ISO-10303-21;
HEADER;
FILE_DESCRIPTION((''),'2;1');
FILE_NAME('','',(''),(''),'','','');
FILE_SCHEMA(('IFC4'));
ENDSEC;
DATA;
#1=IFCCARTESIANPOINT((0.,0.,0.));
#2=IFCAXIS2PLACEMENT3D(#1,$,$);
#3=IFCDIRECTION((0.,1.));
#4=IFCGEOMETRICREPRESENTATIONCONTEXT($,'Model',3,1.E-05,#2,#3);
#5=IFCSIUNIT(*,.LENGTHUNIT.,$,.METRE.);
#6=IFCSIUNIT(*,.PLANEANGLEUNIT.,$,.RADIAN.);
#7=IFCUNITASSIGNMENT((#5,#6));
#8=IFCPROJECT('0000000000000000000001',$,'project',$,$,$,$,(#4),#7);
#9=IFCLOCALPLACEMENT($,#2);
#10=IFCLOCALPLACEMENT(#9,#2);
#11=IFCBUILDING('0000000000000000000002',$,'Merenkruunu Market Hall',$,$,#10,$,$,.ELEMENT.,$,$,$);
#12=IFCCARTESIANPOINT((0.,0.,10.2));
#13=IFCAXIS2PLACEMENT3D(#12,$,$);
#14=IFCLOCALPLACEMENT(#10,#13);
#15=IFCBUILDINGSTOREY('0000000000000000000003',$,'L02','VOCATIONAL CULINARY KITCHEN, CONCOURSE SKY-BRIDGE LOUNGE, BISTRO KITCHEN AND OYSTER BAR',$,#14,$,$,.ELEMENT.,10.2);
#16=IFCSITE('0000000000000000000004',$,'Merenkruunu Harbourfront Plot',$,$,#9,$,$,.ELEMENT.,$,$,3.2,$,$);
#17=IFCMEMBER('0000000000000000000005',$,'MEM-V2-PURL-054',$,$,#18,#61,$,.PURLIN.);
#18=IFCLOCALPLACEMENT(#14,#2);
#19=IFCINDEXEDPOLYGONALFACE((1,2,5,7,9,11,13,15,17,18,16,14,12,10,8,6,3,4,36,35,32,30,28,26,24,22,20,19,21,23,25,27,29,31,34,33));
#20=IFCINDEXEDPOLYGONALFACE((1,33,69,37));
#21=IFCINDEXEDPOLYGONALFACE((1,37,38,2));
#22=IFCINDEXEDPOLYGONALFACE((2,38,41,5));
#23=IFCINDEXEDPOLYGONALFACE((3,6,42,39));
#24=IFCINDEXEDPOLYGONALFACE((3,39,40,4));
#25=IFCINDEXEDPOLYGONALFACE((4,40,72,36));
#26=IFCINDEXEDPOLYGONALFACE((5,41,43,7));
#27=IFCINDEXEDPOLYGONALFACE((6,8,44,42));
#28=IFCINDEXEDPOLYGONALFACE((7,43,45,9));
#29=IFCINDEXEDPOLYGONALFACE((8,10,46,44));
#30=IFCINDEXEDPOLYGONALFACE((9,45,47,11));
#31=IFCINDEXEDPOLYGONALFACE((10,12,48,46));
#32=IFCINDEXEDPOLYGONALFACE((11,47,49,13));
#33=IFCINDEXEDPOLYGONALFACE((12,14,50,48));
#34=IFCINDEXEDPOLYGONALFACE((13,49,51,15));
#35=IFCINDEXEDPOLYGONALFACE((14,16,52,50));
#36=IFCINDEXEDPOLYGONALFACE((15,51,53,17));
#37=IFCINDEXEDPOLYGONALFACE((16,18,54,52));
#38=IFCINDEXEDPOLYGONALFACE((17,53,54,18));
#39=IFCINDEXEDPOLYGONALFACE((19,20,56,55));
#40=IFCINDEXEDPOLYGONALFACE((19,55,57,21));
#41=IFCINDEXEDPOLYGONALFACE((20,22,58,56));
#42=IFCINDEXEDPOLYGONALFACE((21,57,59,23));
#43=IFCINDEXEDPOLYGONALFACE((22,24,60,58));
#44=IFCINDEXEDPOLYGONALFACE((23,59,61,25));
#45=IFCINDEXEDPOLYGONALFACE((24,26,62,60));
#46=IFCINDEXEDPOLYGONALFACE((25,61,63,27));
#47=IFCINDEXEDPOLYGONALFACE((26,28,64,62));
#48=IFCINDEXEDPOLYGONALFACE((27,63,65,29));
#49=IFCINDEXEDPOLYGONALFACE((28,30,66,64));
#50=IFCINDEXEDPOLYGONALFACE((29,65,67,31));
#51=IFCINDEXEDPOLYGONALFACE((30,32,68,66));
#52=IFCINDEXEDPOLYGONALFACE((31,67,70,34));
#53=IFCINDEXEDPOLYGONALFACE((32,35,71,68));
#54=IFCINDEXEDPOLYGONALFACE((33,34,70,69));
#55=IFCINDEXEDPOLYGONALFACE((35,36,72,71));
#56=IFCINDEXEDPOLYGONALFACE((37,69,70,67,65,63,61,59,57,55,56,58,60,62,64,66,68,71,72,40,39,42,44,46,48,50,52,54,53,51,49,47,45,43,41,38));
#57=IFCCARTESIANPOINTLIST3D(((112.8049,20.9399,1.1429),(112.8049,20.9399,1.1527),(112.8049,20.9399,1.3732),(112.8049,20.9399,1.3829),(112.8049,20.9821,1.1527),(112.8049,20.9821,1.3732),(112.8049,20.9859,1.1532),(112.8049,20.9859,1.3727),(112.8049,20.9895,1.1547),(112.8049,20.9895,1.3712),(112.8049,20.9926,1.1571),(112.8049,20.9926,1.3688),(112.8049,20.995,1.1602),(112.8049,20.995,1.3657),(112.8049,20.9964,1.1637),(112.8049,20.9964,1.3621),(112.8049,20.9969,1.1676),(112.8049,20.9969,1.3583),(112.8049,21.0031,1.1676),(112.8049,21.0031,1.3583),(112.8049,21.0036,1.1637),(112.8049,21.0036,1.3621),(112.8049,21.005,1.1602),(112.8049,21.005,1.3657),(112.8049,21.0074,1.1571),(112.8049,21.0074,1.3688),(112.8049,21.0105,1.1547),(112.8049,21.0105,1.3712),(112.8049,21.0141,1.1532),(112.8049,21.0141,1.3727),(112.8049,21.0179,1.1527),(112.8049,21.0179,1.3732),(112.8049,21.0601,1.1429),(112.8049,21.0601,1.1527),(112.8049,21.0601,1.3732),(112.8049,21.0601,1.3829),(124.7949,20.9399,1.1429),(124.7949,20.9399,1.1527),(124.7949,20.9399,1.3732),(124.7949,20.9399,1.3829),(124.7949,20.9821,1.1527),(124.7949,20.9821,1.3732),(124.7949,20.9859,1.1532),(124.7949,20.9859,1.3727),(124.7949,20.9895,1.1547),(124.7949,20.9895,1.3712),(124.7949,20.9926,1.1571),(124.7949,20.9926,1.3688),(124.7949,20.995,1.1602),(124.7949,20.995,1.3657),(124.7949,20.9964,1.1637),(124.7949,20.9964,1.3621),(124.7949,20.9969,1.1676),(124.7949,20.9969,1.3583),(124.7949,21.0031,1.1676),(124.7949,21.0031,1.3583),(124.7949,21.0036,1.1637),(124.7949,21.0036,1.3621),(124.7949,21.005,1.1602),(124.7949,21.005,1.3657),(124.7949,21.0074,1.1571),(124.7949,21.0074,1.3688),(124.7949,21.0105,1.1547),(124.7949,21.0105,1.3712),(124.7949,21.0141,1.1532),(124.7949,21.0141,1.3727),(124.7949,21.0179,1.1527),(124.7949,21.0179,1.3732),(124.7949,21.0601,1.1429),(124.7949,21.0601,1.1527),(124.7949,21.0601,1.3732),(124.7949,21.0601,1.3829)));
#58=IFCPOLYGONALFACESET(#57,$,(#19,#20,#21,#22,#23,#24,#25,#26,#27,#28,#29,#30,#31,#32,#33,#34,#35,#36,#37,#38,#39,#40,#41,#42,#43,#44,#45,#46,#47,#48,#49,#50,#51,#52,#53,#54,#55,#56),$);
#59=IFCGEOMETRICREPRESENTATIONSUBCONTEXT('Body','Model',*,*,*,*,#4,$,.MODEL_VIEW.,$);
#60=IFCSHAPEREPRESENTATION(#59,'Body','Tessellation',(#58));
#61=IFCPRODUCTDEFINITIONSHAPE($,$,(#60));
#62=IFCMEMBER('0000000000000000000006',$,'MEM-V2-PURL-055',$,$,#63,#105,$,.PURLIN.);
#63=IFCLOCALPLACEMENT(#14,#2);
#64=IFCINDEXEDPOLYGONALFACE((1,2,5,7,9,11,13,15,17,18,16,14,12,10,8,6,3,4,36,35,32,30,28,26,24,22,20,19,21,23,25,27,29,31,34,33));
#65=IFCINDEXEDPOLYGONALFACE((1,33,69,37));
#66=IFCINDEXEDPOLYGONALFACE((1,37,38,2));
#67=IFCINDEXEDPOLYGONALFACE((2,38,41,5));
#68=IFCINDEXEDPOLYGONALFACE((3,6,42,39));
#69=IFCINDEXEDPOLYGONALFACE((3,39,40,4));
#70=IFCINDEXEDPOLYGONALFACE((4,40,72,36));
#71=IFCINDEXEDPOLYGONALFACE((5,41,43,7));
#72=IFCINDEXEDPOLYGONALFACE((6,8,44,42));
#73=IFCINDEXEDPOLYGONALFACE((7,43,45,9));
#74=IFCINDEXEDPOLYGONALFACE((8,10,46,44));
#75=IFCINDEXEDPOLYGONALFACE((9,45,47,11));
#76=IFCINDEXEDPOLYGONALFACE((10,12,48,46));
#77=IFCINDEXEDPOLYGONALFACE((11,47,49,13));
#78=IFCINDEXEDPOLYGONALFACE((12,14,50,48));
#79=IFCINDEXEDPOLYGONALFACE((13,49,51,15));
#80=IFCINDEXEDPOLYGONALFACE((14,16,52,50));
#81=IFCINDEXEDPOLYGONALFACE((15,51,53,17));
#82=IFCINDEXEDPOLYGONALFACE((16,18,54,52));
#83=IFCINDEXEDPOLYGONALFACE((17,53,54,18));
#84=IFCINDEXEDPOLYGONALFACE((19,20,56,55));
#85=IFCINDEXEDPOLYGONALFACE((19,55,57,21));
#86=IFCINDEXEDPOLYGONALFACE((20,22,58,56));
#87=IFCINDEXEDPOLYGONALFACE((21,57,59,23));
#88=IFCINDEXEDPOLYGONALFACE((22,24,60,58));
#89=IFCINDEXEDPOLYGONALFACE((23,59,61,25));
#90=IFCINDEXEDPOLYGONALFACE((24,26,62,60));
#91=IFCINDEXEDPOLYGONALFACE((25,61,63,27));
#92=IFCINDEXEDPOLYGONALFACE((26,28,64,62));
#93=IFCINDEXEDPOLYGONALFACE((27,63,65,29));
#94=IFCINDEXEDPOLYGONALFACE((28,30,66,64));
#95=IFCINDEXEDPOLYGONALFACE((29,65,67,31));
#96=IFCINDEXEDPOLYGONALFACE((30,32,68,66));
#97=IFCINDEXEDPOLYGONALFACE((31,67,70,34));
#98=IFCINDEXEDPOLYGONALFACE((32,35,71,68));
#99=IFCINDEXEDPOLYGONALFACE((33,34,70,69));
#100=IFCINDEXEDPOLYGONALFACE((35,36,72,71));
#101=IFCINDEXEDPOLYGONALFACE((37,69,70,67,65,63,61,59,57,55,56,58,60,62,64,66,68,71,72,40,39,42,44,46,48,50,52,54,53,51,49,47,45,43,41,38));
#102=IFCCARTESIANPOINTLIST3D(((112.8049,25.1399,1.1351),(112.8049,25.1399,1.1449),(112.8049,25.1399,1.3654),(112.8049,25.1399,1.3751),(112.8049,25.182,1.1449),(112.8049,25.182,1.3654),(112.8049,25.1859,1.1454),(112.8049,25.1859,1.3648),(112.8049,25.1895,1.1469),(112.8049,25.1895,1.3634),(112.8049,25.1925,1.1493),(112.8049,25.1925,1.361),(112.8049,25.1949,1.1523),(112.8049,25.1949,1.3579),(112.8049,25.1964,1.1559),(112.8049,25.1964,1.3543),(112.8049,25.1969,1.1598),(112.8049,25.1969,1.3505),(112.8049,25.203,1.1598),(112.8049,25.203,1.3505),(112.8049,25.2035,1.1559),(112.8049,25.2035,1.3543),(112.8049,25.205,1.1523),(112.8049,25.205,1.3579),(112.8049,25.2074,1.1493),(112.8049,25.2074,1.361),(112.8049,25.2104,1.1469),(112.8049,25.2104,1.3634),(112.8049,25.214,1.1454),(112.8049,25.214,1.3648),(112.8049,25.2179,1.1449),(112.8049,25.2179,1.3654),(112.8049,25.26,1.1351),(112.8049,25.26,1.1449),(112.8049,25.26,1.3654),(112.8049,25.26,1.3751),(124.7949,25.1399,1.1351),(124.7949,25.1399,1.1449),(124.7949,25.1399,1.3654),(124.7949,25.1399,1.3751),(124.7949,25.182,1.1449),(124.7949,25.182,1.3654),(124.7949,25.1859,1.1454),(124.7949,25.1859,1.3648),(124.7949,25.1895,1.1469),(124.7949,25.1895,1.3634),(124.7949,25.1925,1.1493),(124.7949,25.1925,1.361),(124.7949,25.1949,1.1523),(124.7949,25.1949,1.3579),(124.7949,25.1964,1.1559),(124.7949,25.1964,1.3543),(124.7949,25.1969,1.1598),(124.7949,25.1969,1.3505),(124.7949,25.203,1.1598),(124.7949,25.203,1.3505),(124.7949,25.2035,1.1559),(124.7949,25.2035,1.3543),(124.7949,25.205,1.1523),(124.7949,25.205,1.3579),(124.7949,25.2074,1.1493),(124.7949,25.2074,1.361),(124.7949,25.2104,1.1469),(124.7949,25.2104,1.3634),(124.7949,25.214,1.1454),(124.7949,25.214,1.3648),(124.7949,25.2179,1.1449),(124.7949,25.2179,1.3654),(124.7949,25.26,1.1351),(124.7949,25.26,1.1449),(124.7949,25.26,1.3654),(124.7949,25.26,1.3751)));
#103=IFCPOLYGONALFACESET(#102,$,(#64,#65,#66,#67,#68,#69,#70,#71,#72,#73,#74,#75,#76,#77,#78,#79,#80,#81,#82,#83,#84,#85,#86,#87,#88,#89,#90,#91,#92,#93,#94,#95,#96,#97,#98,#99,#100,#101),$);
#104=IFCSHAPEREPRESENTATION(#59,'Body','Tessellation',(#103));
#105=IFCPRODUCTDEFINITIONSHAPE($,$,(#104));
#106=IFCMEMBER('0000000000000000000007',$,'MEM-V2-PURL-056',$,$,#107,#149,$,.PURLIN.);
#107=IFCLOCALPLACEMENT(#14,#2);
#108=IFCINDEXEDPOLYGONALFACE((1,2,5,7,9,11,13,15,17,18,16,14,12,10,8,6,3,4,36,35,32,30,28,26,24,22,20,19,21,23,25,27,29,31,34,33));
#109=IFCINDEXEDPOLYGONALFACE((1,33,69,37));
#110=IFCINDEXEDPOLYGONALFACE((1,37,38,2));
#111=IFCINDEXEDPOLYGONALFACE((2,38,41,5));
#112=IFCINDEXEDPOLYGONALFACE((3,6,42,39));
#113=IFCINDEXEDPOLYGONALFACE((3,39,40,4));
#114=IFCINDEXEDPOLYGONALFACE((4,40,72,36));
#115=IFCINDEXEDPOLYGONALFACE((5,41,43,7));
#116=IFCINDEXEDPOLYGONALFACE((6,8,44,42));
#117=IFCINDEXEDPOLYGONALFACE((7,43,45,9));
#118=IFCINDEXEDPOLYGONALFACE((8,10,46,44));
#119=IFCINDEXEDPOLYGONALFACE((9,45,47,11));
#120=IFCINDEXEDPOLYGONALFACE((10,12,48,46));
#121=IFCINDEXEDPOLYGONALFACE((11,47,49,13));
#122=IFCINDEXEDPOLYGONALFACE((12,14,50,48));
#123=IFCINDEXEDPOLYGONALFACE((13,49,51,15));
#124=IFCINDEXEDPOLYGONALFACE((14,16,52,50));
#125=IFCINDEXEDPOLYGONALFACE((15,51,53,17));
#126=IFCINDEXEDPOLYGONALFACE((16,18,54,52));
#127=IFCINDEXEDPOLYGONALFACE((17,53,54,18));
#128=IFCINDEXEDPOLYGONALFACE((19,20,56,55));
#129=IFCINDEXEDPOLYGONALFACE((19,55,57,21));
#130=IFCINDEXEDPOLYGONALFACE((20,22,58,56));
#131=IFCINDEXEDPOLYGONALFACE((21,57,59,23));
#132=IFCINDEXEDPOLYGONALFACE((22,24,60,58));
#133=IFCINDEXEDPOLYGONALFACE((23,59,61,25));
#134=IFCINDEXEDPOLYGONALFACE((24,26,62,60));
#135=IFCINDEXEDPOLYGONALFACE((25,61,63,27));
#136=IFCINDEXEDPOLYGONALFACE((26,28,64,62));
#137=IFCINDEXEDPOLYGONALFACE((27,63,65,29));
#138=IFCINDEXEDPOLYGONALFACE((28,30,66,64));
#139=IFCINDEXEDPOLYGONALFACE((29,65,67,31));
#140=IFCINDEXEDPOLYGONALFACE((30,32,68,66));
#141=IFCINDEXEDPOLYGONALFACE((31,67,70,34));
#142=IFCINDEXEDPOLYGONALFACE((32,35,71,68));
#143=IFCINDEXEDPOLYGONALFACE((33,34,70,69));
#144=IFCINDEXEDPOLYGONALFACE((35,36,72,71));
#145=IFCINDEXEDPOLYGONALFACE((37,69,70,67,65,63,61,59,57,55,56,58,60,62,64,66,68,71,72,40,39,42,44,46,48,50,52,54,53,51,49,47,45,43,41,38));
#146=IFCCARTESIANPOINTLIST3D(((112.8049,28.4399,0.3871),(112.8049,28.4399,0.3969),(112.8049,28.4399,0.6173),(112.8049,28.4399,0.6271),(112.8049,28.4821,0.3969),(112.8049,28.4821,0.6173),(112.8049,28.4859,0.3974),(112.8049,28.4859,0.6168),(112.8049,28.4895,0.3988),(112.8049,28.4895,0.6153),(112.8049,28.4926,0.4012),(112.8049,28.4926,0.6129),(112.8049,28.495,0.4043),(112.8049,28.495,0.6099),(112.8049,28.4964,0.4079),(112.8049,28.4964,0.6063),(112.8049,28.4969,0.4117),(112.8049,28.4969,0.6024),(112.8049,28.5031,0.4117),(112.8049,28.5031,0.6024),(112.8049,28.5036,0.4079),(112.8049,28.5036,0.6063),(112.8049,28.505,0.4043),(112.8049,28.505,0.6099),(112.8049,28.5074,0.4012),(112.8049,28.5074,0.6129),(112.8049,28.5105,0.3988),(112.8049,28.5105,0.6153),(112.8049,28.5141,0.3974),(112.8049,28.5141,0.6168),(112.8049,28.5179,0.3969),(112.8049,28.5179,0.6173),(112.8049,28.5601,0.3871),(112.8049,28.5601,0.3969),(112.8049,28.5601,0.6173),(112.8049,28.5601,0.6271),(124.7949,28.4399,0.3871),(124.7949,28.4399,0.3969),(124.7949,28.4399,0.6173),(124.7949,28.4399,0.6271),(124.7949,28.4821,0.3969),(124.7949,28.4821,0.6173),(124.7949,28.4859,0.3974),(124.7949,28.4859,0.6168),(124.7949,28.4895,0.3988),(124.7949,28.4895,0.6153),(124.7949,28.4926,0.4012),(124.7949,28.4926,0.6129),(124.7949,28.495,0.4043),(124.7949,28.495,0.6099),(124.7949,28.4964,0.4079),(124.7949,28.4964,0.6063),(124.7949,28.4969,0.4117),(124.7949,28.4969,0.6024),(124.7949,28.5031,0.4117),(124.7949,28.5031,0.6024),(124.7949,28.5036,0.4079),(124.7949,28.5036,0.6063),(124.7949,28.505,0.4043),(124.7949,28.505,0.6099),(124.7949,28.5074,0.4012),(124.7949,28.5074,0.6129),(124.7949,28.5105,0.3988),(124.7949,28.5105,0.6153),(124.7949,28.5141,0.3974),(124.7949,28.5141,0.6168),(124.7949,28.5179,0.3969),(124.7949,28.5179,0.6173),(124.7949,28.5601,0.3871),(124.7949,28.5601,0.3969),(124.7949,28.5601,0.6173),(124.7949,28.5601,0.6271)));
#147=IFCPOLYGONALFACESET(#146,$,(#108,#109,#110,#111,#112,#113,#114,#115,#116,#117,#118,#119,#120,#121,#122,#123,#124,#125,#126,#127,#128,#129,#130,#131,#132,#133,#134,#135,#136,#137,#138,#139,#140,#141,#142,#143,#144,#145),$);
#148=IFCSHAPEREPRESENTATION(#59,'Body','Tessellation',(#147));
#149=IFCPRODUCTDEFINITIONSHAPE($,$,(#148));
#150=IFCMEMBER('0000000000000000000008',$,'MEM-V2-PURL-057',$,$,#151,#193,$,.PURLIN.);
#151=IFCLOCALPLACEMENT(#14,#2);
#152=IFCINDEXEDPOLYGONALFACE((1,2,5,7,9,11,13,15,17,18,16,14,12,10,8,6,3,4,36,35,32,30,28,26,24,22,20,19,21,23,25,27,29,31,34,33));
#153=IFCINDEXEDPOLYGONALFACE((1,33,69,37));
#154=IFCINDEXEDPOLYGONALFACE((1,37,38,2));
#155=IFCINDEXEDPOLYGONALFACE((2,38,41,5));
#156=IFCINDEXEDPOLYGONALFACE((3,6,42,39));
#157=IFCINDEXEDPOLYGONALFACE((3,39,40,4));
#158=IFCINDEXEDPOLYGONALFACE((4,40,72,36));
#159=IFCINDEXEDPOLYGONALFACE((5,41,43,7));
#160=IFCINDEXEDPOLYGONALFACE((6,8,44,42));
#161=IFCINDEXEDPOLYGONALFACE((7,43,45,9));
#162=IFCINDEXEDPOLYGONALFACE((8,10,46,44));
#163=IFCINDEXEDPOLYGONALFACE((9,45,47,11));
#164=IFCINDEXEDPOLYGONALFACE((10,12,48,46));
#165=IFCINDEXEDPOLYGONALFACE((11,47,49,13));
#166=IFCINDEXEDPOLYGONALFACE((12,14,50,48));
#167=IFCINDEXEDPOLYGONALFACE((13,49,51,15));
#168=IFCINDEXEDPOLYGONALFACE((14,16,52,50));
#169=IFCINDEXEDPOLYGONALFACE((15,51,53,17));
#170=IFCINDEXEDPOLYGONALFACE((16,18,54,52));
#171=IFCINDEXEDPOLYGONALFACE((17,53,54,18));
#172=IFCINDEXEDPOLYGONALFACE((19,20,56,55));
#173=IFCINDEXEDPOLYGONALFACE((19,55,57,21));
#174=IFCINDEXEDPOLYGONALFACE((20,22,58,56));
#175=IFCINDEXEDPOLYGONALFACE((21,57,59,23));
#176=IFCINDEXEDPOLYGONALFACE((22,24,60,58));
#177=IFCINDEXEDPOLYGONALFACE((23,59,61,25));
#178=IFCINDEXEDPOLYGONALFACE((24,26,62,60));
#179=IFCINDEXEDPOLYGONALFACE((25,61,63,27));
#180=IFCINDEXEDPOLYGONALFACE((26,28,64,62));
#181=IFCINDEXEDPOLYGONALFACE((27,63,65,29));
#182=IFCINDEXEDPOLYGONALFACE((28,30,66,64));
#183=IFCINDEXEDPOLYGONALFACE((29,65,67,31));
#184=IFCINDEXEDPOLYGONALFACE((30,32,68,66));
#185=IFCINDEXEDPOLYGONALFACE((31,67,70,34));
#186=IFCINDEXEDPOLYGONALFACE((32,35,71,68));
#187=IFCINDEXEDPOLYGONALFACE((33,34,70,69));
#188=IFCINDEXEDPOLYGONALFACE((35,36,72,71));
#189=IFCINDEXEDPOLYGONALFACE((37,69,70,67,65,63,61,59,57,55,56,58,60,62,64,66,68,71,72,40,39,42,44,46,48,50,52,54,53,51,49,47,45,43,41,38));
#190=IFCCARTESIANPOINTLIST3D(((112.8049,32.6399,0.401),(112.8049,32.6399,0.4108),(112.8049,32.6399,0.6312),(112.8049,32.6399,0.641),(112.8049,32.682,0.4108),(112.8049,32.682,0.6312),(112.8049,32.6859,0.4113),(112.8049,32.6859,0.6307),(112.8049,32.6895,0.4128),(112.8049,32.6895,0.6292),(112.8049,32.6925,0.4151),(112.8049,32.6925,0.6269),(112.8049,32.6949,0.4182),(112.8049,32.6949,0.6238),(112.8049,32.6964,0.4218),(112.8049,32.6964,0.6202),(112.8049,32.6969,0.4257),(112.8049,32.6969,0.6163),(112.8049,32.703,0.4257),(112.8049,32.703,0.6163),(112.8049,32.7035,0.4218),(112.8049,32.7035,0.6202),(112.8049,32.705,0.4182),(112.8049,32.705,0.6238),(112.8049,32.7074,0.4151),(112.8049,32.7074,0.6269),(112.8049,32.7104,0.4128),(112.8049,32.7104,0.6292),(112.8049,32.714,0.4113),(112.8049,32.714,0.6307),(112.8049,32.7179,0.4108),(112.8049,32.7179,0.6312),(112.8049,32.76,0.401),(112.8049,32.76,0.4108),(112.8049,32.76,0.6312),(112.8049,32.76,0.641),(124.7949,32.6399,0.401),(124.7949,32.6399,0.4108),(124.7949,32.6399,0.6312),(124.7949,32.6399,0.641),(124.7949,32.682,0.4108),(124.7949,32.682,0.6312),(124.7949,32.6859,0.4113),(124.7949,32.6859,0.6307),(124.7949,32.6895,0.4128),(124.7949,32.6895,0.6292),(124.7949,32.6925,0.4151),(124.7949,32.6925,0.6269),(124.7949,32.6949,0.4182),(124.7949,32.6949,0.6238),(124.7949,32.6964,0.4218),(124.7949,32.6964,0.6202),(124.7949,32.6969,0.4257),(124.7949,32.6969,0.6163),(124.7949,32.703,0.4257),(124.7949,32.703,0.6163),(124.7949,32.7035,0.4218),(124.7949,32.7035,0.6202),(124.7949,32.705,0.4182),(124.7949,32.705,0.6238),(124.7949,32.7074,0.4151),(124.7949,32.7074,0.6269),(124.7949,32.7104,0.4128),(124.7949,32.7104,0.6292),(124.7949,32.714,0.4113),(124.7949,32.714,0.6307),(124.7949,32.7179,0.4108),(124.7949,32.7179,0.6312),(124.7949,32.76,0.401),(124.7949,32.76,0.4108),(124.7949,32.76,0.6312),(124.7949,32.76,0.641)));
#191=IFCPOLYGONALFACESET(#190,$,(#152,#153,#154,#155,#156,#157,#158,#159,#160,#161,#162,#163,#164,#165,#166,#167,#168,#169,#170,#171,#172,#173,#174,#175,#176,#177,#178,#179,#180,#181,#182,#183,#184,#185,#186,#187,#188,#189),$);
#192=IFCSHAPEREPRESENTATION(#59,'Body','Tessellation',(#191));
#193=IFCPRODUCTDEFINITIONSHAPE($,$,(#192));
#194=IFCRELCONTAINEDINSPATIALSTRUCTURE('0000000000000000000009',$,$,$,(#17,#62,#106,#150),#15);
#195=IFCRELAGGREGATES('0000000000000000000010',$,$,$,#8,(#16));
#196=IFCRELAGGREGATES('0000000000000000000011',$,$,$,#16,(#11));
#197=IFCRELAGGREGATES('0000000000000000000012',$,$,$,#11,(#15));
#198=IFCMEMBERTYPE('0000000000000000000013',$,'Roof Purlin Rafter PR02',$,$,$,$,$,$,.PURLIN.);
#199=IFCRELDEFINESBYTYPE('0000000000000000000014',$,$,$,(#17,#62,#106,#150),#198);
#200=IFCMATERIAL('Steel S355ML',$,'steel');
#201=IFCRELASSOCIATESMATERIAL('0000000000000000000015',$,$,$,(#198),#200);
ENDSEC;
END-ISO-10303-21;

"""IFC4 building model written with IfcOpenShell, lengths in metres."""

from ifc_helpers import new_model, si_unit, direction, frame, origin, origin_2d, place, context, subcontext, project, spatial, i_section, extrude, material, material_profile, profile_set, type_object, element, save


model = new_model("IFC4")

# Units and contexts
model_context = context("Model", 3, precision=1e-05, world=origin(), true_north=direction((0.0, 1.0)))
body_context = subcontext(model_context, "Body", "Model", "MODEL_VIEW")
ifc_project = project(units=[si_unit("LENGTHUNIT", "METRE"), si_unit("PLANEANGLEUNIT", "RADIAN")], contexts=[model_context])

# Site, building, storey
site_placement = place(None, origin())
site = spatial("IfcSite", under=ifc_project, at=site_placement, Name="Merenkruunu Harbourfront Plot", CompositionType="ELEMENT", RefElevation=3.2)
building_placement = place(site_placement, origin())
building = spatial("IfcBuilding", under=site, at=building_placement, Name="Merenkruunu Market Hall", CompositionType="ELEMENT")
storey_placement = place(building_placement, frame((0.0, 0.0, 10.2)))
storey = spatial("IfcBuildingStorey", under=building, at=storey_placement, Name="L02", Description="VOCATIONAL CULINARY KITCHEN, CONCOURSE SKY-BRIDGE LOUNGE, BISTRO KITCHEN AND OYSTER BAR", CompositionType="ELEMENT", Elevation=10.2)

# Members
ifc_material_1 = material(Name="Steel S355ML", Category="steel")
ifc_material_profile_1 = material_profile(ifc_material_1, i_section(OverallWidth=0.1201, OverallDepth=0.24, WebThickness=0.0061, FlangeThickness=0.0098, FilletRadius=0.0149, at=origin_2d()), Name="IPE 240")
ifc_profile_set_1 = profile_set([ifc_material_profile_1], Name="Steel S355ML")
member_type = type_object("IfcMemberType", Name="Roof Purlin Rafter PR02", PredefinedType="PURLIN", material=ifc_profile_set_1)
for number, where, z_axis, x_axis, name in (
    (1, (112.8049, 21.0, 1.2629), (1.0, 0.0, 0.0), (0.0, 1.0, 0.0), "MEM-V2-PURL-054"),
    (2, (112.8049, 25.2, 1.2551), (1.0, 0.0, 0.0), (0.0, 1.0, 0.0), "MEM-V2-PURL-055"),
    (3, (112.8049, 28.5, 0.5071), (1.0, 0.0, 0.0), (0.0, 1.0, 0.0), "MEM-V2-PURL-056"),
    (4, (112.8049, 32.7, 0.521), (1.0, 0.0, 0.0), (0.0, 1.0, 0.0), "MEM-V2-PURL-057"),
):
    element("IfcMember", number, at=place(storey_placement, frame(where, z_axis=z_axis, x_axis=x_axis)), inside=storey, type_object=member_type, Name=name, PredefinedType="PURLIN", context=body_context, shape_type="SweptSolid", body=[
        extrude(i_section(OverallWidth=0.1201, OverallDepth=0.24, WebThickness=0.0061, FlangeThickness=0.0098, FilletRadius=0.0149, at=origin_2d()), origin(), (0.0, 0.0, 1.0), 11.99),
    ])

save(model, "model.ifc")
